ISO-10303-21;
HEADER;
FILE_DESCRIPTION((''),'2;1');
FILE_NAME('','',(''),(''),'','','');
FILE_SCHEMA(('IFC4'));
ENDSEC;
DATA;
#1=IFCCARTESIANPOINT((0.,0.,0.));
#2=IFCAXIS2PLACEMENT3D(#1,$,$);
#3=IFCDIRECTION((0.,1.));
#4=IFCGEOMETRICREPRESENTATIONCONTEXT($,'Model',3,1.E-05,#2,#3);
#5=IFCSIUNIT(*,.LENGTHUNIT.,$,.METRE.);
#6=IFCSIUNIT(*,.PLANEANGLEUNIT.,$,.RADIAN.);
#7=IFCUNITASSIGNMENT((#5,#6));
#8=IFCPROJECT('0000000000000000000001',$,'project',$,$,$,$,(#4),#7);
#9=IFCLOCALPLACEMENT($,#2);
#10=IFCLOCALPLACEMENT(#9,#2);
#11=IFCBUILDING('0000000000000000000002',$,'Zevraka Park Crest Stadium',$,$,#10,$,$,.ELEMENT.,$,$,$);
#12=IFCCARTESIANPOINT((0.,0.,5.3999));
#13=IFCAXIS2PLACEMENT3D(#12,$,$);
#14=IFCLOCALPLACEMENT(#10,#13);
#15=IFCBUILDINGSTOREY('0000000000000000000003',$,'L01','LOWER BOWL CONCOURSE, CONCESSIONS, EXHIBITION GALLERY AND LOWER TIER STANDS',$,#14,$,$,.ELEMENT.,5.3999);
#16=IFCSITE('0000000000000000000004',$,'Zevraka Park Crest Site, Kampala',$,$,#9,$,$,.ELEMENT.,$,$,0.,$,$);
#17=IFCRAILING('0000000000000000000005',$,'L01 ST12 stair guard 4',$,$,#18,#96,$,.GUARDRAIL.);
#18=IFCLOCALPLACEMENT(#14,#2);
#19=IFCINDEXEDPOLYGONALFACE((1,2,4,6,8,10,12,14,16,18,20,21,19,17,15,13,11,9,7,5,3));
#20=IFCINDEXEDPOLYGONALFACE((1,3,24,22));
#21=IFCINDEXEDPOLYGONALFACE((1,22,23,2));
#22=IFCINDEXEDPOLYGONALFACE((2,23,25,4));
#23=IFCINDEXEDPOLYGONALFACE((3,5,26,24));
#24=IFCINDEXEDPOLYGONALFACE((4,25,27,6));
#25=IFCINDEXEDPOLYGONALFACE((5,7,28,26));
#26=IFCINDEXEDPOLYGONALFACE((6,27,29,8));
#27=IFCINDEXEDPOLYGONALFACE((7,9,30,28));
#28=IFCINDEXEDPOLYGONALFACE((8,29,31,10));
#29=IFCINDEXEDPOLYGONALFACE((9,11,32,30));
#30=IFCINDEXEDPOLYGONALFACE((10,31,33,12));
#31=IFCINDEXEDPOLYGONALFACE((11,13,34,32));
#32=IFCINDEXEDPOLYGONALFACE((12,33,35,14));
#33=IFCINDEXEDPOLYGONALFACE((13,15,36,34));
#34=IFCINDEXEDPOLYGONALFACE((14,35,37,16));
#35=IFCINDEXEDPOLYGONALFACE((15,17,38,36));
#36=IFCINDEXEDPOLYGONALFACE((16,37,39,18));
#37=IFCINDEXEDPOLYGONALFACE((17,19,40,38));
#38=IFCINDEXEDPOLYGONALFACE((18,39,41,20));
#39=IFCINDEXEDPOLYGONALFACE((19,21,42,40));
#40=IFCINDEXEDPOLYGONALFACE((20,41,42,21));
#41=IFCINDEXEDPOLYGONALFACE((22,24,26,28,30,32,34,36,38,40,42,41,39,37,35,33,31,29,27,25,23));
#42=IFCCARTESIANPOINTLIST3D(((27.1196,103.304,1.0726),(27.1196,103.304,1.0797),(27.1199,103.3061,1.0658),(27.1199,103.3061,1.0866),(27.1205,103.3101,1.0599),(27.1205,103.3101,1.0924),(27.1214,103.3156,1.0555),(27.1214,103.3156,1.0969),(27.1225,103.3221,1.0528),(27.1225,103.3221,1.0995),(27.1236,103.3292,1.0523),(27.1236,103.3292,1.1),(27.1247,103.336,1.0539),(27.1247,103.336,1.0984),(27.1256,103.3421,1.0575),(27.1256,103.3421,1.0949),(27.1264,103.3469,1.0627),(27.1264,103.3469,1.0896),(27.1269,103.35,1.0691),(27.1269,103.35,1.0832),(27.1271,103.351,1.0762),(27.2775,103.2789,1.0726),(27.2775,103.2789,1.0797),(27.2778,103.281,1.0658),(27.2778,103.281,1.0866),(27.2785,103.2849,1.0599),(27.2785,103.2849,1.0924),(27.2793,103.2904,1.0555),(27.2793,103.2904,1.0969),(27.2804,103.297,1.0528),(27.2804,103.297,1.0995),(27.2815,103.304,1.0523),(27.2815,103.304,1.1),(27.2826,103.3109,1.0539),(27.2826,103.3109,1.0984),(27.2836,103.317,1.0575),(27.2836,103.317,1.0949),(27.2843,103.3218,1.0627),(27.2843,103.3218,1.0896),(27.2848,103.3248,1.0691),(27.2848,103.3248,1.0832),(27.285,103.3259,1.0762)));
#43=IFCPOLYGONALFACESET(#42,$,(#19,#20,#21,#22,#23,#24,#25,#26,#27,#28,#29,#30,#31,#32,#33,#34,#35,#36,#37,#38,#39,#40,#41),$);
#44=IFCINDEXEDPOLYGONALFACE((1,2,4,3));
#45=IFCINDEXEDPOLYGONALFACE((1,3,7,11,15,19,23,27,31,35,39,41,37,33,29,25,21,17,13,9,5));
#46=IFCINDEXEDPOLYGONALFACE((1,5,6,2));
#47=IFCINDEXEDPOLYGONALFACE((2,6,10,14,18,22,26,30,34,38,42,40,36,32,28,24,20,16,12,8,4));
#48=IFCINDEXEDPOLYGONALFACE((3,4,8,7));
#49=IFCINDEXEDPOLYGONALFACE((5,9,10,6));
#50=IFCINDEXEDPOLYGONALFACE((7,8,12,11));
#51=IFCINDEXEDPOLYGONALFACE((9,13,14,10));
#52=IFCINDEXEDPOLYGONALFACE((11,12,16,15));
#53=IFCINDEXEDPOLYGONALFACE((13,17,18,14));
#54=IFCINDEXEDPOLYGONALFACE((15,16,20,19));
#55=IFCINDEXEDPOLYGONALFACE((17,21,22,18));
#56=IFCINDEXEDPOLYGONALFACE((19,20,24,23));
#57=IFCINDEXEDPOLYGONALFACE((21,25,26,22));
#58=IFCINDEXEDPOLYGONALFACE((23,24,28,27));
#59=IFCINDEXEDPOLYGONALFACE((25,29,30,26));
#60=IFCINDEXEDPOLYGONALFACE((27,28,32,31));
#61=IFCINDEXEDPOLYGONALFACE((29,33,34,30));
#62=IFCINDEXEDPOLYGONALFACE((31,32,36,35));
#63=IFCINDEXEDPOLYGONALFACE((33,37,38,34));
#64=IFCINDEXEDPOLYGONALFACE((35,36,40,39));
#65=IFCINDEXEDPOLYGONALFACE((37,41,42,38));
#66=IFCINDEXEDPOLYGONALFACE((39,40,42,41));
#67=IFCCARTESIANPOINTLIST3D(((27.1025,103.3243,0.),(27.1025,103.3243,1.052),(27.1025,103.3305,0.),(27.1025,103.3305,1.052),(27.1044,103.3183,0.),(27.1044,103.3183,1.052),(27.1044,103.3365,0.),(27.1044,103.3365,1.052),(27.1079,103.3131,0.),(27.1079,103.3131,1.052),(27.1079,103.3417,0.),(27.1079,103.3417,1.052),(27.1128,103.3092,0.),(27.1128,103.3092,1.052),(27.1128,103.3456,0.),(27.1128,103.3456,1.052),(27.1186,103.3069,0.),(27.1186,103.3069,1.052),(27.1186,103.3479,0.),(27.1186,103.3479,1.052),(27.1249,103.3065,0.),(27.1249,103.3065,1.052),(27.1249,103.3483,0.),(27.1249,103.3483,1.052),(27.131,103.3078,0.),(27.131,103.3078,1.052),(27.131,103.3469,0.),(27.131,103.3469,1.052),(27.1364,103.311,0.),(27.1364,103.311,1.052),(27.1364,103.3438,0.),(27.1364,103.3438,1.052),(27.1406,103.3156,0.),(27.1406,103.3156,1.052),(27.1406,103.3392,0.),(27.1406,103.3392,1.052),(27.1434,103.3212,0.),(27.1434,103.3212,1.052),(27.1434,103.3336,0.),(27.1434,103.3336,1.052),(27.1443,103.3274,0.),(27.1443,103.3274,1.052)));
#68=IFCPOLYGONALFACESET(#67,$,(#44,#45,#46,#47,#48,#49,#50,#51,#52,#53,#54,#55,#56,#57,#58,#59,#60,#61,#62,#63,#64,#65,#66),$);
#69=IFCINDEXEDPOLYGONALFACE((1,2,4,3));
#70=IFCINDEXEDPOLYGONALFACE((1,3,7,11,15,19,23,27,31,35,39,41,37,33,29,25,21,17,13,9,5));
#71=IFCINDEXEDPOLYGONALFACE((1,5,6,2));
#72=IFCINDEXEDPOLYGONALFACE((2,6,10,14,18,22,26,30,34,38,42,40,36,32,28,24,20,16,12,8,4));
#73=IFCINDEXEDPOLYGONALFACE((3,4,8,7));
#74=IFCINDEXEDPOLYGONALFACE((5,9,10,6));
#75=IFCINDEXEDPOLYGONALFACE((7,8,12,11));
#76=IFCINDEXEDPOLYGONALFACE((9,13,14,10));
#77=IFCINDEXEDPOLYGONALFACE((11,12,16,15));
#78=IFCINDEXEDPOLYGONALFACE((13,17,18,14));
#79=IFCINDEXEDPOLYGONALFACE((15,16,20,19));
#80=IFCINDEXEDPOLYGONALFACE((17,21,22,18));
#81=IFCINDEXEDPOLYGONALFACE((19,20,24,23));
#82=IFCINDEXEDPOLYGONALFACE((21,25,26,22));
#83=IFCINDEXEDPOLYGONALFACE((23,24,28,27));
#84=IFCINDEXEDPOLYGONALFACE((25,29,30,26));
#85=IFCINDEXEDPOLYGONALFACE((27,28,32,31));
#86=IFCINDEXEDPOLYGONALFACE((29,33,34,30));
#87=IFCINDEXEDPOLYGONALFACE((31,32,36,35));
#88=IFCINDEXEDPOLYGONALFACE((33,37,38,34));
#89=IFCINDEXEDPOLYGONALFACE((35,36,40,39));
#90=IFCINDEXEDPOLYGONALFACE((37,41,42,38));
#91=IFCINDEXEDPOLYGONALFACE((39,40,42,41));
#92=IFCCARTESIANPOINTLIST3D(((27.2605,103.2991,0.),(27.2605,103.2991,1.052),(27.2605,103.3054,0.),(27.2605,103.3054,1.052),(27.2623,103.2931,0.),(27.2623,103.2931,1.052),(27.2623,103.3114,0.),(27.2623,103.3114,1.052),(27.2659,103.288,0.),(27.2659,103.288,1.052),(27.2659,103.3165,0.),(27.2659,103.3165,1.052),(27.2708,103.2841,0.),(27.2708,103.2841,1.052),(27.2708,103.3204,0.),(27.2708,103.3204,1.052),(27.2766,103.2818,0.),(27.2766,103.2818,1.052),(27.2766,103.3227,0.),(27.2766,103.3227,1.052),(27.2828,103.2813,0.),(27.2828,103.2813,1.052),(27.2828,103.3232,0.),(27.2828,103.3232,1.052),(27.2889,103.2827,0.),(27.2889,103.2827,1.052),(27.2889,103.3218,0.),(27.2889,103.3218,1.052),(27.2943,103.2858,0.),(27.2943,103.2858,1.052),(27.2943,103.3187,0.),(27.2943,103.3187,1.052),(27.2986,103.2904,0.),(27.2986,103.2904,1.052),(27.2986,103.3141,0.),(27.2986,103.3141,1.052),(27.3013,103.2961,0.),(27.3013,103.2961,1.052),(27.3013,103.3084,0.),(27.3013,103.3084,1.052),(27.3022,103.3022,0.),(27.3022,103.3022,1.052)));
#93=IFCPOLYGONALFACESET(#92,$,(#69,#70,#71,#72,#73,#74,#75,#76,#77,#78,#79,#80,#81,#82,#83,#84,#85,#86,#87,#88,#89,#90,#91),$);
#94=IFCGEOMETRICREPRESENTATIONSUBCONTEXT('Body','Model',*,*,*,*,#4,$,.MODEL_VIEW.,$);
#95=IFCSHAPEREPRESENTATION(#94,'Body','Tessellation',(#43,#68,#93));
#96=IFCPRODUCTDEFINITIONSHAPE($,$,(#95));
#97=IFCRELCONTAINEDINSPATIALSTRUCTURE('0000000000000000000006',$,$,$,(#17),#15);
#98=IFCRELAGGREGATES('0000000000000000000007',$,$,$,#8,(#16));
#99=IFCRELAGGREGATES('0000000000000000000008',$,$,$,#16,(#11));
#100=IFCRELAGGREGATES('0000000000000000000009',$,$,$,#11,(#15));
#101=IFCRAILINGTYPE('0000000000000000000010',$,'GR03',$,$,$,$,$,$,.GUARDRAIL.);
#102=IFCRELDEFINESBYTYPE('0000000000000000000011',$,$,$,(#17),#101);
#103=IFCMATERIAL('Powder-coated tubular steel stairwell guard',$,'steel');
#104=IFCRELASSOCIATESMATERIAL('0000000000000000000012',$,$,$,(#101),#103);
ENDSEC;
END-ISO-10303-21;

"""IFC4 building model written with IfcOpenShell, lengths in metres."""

from ifc_helpers import new_model, si_unit, direction, frame, origin, origin_2d, place, context, subcontext, project, spatial, circle, extrude, material, type_object, element, save


model = new_model("IFC4")

# Units and contexts
model_context = context("Model", 3, precision=1e-05, world=origin(), true_north=direction((0.0, 1.0)))
body_context = subcontext(model_context, "Body", "Model", "MODEL_VIEW")
ifc_project = project(units=[si_unit("LENGTHUNIT", "METRE"), si_unit("PLANEANGLEUNIT", "RADIAN")], contexts=[model_context])

# Site, building, storey
site_placement = place(None, origin())
site = spatial("IfcSite", under=ifc_project, at=site_placement, Name="Zevraka Park Crest Site, Kampala", CompositionType="ELEMENT", RefElevation=0.0)
building_placement = place(site_placement, origin())
building = spatial("IfcBuilding", under=site, at=building_placement, Name="Zevraka Park Crest Stadium", CompositionType="ELEMENT")
storey_placement = place(building_placement, frame((0.0, 0.0, 5.3999)))
storey = spatial("IfcBuildingStorey", under=building, at=storey_placement, Name="L01", Description="LOWER BOWL CONCOURSE, CONCESSIONS, EXHIBITION GALLERY AND LOWER TIER STANDS", CompositionType="ELEMENT", Elevation=5.3999)

# Railing
ifc_material_1 = material(Name="Powder-coated tubular steel stairwell guard", Category="steel")
railing_type_1 = type_object("IfcRailingType", Name="GR03", PredefinedType="GUARDRAIL", material=ifc_material_1)
railing_1_placement = place(storey_placement, frame((27.1233, 103.3274, 0.0)))
element("IfcRailing", 1, at=railing_1_placement, inside=storey, type_object=railing_type_1, Name="L01 ST12 stair guard 4", PredefinedType="GUARDRAIL", context=body_context, shape_type="SweptSolid", body=[
    extrude(circle(Radius=0.0239, at=origin_2d()), frame((0.0, 0.0, 1.0762), z_axis=(0.987564, -0.157217, 0.0), x_axis=(0.157217, 0.987564, 0.0)), (0.0, 0.0, 1.0), 0.1599),
    extrude(circle(Radius=0.021, at=origin_2d()), origin(), (0.0, 0.0, 1.0), 1.052),
    extrude(circle(Radius=0.021, at=origin_2d()), frame((0.158, -0.0251, 0.0)), (0.0, 0.0, 1.0), 1.052),
])

save(model, "model.ifc")
